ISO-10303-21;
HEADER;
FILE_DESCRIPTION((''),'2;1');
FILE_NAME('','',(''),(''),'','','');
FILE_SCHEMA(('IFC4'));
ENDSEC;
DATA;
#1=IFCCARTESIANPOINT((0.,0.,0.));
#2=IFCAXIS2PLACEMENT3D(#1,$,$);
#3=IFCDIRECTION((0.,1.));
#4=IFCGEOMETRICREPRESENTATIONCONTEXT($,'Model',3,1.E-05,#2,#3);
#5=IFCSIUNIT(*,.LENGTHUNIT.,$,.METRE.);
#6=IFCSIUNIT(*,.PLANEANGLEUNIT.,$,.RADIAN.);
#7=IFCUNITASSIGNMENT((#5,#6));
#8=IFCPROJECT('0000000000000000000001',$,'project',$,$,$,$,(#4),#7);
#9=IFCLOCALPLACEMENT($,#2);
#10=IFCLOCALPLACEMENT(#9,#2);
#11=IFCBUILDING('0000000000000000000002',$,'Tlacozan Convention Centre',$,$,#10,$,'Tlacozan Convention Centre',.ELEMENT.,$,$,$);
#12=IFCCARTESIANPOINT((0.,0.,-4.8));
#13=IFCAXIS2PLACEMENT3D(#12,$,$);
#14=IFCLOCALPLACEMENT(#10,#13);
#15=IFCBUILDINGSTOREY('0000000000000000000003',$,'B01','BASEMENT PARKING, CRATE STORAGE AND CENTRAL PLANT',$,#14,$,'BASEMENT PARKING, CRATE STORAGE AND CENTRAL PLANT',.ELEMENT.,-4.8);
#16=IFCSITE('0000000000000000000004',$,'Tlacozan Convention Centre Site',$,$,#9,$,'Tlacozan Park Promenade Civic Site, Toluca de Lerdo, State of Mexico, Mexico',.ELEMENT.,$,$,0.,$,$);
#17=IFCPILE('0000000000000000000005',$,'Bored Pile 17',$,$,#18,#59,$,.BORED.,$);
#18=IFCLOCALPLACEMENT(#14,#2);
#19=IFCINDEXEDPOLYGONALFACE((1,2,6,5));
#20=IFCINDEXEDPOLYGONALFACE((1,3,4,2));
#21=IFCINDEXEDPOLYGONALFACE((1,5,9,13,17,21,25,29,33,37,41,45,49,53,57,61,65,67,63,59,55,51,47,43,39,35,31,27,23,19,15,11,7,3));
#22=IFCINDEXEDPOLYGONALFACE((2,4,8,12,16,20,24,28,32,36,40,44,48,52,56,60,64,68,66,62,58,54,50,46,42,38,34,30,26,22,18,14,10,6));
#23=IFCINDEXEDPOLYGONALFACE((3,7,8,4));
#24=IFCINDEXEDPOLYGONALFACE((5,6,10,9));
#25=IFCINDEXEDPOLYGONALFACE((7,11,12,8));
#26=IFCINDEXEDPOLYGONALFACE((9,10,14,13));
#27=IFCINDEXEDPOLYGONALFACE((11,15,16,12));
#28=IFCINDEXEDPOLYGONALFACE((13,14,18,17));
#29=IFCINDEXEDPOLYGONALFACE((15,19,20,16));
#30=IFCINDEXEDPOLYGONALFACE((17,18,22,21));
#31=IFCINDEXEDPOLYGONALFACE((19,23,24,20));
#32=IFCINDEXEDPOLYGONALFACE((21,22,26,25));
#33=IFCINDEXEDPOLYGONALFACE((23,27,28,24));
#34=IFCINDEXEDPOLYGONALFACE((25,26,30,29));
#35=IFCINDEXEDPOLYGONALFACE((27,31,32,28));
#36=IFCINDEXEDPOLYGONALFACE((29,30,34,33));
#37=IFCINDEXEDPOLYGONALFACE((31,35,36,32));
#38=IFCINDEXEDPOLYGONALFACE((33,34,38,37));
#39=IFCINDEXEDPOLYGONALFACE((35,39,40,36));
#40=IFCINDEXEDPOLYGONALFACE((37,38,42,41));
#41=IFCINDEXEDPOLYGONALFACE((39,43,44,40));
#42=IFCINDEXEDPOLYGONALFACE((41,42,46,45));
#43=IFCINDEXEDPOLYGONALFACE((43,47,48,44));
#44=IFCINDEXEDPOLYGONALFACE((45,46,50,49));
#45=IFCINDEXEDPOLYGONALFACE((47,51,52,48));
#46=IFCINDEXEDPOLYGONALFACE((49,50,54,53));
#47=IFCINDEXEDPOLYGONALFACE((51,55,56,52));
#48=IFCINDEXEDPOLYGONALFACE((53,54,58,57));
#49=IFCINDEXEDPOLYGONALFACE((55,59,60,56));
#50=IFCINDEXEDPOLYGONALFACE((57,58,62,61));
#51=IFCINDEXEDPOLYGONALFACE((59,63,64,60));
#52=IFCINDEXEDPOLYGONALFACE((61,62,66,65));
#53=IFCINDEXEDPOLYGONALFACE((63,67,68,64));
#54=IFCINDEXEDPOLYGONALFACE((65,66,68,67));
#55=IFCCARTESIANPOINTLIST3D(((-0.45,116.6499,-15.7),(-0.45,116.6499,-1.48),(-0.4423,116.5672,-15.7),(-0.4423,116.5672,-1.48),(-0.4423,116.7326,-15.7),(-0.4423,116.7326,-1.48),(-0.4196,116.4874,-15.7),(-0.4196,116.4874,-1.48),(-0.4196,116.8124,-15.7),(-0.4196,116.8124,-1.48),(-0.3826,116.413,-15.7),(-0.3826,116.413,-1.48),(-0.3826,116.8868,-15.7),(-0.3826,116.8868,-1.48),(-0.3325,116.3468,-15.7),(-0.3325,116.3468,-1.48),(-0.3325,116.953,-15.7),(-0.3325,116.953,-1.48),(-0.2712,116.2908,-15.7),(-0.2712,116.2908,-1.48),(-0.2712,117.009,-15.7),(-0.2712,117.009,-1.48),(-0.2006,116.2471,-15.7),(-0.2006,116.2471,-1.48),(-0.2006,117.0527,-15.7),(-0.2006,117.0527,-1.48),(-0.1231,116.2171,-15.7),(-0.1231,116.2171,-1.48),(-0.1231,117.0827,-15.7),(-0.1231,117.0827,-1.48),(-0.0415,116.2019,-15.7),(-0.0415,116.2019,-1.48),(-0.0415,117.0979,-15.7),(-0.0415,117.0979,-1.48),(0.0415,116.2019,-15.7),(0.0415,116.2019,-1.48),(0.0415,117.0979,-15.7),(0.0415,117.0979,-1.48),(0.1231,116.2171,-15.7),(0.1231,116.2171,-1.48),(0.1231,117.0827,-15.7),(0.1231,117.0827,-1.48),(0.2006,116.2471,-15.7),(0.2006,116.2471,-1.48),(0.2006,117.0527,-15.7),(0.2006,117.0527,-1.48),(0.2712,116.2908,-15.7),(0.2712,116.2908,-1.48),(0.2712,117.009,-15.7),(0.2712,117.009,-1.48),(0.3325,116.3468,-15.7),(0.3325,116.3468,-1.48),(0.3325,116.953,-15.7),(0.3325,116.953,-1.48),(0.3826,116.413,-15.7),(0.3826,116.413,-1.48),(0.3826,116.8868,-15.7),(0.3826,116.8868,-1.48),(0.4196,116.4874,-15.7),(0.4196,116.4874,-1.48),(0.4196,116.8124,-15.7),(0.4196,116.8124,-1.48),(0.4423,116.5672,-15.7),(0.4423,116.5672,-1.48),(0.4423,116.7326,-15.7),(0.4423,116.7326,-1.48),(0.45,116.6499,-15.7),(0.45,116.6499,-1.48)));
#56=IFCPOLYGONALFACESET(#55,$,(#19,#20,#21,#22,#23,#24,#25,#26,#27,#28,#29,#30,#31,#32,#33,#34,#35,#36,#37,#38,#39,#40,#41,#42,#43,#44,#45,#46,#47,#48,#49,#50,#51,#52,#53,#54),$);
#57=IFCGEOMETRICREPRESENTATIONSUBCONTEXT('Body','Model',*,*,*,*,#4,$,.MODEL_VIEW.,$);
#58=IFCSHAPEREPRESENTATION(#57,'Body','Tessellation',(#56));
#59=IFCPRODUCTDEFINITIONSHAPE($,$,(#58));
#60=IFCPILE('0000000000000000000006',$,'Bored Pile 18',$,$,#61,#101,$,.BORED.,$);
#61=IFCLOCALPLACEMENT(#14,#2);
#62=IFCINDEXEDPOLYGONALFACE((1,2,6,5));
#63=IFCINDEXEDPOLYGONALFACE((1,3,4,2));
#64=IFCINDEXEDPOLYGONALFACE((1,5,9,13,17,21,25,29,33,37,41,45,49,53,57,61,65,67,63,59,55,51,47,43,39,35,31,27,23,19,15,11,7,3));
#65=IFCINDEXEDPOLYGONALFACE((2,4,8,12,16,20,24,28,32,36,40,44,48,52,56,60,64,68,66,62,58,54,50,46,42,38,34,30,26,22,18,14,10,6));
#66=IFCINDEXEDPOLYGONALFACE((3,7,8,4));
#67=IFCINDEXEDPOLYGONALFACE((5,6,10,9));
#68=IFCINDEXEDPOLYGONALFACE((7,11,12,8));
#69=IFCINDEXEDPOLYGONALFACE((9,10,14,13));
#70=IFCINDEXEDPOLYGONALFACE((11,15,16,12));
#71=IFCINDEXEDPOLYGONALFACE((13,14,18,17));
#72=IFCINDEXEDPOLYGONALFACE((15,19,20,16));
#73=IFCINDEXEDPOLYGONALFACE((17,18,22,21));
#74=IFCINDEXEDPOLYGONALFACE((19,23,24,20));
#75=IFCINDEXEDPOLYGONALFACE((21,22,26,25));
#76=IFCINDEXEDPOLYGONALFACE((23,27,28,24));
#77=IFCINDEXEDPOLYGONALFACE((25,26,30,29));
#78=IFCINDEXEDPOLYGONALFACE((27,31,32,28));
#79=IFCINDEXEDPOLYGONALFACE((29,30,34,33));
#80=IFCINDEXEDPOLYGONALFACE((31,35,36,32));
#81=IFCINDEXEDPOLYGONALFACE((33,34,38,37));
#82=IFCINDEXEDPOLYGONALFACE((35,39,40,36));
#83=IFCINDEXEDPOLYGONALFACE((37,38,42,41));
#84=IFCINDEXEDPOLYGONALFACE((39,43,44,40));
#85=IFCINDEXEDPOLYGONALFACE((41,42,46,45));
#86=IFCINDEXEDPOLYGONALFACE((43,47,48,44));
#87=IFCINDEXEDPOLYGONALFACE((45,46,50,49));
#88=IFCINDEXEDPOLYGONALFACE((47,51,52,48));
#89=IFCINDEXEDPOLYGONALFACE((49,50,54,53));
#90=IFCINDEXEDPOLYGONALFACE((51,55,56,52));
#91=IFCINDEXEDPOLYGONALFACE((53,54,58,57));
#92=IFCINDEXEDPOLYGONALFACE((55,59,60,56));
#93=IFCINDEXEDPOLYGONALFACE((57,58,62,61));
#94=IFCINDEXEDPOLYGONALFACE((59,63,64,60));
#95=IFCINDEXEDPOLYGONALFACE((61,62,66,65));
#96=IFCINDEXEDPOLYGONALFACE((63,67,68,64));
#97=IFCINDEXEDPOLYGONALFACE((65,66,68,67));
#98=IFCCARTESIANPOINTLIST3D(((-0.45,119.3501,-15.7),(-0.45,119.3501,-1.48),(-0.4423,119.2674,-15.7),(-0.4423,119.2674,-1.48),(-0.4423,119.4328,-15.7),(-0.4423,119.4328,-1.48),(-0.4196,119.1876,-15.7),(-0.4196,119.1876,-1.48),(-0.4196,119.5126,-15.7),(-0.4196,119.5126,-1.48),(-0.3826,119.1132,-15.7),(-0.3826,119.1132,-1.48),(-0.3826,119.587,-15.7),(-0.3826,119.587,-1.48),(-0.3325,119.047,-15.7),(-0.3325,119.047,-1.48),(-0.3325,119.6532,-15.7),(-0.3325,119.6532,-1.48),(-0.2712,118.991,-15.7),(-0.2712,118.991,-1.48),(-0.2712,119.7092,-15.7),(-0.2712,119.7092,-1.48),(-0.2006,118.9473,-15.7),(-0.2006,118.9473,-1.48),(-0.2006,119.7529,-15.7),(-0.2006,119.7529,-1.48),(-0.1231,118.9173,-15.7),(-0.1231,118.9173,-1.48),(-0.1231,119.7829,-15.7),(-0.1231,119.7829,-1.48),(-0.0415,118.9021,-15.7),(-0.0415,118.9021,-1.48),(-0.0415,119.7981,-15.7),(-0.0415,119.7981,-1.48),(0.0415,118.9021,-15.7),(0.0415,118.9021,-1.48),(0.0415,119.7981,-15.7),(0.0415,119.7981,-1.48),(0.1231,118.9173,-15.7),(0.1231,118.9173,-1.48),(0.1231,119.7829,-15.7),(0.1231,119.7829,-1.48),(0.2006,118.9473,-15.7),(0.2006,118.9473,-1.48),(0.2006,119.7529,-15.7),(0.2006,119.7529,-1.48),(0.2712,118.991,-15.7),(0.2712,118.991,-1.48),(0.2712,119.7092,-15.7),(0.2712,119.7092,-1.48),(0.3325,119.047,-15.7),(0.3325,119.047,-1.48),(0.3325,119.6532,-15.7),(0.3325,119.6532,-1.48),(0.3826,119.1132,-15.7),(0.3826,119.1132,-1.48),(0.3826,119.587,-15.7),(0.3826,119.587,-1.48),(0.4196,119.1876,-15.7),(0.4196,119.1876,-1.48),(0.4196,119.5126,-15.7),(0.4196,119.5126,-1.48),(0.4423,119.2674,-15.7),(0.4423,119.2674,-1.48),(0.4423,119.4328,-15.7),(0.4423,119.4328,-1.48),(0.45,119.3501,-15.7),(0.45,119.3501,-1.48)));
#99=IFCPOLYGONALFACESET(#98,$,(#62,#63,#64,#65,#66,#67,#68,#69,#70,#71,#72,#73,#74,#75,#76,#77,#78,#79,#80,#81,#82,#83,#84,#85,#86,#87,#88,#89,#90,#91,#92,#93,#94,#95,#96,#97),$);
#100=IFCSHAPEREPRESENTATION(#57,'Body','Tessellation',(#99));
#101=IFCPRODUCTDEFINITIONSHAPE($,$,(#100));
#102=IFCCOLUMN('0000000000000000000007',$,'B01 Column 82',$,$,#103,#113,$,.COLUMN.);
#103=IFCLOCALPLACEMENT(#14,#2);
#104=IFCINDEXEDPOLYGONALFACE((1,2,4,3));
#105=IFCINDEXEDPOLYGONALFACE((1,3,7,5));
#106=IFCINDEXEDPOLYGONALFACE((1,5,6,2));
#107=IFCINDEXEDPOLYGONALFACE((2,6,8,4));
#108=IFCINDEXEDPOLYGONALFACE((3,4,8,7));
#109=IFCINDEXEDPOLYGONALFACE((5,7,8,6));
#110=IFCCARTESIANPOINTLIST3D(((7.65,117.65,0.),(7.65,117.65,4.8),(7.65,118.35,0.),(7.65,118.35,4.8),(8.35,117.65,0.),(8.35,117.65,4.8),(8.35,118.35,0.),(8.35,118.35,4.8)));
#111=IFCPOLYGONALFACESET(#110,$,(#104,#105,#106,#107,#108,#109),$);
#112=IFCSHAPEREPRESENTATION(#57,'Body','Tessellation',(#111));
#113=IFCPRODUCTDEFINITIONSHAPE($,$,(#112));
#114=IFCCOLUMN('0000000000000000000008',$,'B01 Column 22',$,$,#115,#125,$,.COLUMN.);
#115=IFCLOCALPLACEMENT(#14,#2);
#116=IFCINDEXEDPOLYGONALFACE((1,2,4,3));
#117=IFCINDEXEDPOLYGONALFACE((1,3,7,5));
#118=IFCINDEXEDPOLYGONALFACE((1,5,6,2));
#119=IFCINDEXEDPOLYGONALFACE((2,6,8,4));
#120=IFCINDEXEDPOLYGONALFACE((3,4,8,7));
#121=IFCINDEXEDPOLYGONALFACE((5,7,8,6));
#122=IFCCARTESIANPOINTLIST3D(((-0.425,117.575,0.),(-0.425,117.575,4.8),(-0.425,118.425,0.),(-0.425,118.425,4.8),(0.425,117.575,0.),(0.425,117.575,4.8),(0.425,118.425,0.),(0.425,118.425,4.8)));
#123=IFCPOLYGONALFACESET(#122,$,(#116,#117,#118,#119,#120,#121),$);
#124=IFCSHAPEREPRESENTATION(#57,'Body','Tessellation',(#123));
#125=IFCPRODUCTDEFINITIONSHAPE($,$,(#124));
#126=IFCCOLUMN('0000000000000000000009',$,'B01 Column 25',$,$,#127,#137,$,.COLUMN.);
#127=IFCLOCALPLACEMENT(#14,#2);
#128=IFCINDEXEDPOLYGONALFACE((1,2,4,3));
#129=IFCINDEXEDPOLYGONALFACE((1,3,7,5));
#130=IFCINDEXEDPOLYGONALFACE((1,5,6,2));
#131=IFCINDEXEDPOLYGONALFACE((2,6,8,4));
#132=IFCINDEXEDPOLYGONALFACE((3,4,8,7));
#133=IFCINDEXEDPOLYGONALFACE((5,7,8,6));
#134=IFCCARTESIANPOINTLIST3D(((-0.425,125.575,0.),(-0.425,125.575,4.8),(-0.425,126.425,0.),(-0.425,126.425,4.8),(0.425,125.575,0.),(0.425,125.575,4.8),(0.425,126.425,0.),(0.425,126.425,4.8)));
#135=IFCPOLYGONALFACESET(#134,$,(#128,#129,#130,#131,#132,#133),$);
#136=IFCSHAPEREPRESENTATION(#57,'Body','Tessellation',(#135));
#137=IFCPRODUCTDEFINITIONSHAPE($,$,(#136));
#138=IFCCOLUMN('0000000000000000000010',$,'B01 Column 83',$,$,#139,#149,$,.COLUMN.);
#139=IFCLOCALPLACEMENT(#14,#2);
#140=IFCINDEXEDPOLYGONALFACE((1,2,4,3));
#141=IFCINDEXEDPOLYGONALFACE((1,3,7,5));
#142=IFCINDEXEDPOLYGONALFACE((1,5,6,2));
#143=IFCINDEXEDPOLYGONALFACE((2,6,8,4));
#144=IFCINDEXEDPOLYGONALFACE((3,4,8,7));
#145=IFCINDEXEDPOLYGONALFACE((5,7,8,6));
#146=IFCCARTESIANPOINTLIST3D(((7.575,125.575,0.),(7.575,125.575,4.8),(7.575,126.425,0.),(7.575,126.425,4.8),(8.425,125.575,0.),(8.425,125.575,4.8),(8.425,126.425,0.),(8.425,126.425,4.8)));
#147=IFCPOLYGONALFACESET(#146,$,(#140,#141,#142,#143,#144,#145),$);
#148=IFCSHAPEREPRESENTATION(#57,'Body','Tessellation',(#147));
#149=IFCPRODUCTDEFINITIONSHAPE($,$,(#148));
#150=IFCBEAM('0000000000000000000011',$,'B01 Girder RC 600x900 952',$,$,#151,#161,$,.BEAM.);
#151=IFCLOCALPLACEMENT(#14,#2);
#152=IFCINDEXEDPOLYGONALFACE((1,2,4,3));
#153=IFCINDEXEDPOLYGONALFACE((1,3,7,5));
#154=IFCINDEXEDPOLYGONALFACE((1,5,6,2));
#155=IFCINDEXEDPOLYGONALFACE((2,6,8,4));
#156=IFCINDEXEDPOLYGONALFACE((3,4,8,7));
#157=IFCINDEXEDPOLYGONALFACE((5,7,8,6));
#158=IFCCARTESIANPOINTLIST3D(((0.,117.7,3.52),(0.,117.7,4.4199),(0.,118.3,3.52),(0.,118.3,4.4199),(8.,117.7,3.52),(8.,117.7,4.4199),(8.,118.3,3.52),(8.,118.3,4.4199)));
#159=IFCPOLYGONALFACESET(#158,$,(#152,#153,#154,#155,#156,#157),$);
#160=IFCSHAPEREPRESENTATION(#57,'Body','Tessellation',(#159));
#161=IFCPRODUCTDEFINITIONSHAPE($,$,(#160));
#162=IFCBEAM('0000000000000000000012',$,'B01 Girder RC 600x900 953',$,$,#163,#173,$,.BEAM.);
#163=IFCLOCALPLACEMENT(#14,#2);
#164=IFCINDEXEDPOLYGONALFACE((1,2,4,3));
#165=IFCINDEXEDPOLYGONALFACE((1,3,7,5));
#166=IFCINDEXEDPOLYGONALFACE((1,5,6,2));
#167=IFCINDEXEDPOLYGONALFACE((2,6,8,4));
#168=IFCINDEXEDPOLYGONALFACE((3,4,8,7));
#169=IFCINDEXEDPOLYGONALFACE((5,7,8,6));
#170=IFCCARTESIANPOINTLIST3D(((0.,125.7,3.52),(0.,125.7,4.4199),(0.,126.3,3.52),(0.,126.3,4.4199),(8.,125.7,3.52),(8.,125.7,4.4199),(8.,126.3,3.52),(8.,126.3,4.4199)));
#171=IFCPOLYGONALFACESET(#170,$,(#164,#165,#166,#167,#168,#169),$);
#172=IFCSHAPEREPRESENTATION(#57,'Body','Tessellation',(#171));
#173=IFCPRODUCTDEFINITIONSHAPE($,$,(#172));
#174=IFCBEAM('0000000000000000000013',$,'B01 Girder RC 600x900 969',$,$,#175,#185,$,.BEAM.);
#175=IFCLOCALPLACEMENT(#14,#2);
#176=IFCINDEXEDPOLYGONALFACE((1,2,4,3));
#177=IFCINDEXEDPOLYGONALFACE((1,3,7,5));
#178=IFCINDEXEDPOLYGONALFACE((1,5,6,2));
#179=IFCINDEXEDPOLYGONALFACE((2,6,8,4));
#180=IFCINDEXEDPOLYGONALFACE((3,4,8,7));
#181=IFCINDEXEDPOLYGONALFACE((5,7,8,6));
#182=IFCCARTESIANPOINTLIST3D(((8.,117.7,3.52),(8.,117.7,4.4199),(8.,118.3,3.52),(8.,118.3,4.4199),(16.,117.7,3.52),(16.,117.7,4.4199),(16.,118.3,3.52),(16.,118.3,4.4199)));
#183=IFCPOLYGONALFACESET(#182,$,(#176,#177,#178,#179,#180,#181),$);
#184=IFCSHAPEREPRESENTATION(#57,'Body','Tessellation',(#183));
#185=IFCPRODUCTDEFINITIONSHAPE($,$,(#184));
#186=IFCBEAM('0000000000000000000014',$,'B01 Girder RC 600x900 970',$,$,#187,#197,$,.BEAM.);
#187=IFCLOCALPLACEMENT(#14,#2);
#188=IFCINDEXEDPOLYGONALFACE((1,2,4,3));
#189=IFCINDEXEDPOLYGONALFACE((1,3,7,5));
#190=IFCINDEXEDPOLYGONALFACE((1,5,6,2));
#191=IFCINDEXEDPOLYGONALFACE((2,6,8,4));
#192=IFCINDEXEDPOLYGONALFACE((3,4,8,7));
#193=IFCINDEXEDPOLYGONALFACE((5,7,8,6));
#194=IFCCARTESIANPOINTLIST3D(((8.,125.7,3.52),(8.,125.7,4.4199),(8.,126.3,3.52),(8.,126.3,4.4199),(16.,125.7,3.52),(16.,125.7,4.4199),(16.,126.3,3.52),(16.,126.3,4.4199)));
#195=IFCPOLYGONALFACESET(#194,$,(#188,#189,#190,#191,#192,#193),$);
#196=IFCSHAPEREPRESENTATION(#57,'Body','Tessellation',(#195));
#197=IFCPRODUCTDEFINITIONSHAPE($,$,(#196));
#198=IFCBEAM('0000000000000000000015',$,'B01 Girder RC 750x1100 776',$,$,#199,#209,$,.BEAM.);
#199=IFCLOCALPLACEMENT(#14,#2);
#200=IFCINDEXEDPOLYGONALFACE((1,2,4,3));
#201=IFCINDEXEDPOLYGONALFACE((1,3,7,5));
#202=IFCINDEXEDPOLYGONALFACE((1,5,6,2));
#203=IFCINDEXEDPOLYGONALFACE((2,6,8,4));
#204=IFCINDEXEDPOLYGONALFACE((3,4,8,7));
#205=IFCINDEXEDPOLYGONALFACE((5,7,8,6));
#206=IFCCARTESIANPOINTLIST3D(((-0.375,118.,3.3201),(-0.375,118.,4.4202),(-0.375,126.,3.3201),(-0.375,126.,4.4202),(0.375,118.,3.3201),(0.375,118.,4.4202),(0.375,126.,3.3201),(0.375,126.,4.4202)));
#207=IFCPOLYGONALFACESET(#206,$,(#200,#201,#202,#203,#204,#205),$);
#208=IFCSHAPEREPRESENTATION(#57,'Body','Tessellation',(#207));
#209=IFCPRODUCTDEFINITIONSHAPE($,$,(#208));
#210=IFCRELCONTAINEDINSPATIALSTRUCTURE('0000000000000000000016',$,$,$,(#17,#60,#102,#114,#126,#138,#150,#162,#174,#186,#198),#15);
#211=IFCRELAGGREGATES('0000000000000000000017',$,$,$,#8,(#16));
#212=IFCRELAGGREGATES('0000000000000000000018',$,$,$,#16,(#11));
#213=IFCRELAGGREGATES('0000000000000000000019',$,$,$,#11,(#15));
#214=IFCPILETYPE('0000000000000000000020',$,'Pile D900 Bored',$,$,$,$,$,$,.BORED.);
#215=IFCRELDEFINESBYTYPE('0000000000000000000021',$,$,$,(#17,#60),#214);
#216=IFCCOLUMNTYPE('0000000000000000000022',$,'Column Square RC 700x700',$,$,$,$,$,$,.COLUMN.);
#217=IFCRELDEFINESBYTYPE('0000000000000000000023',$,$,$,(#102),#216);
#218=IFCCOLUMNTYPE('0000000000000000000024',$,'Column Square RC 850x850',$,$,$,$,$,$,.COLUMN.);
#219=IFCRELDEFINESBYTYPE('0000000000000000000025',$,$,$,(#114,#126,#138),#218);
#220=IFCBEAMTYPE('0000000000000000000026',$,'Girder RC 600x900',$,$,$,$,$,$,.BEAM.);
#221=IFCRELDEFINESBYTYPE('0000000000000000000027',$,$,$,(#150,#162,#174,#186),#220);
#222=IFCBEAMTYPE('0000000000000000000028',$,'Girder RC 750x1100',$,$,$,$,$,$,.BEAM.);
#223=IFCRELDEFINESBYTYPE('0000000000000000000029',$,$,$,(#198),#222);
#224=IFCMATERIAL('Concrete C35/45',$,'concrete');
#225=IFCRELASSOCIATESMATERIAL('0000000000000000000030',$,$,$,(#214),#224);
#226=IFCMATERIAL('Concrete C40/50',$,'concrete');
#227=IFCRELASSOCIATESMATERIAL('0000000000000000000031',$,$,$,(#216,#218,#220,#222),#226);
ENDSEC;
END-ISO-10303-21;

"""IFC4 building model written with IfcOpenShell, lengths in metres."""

from ifc_helpers import new_model, si_unit, direction, frame, origin, origin_2d, place, context, subcontext, project, spatial, rectangle, circle, extrude, material, material_profile, profile_set, type_object, element, save


model = new_model("IFC4")

# Units and contexts
model_context = context("Model", 3, precision=1e-05, world=origin(), true_north=direction((0.0, 1.0)))
body_context = subcontext(model_context, "Body", "Model", "MODEL_VIEW")
ifc_project = project(units=[si_unit("LENGTHUNIT", "METRE"), si_unit("PLANEANGLEUNIT", "RADIAN")], contexts=[model_context])

# Site, building, storey
site_placement = place(None, origin())
site = spatial("IfcSite", under=ifc_project, at=site_placement, Name="Tlacozan Convention Centre Site", LongName="Tlacozan Park Promenade Civic Site, Toluca de Lerdo, State of Mexico, Mexico", CompositionType="ELEMENT", RefElevation=0.0)
building_placement = place(site_placement, origin())
building = spatial("IfcBuilding", under=site, at=building_placement, Name="Tlacozan Convention Centre", LongName="Tlacozan Convention Centre", CompositionType="ELEMENT")
storey_placement = place(building_placement, frame((0.0, 0.0, -4.8)))
storey = spatial("IfcBuildingStorey", under=building, at=storey_placement, Name="B01", Description="BASEMENT PARKING, CRATE STORAGE AND CENTRAL PLANT", LongName="BASEMENT PARKING, CRATE STORAGE AND CENTRAL PLANT", CompositionType="ELEMENT", Elevation=-4.8)

# Shared definitions
ifc_material_1 = material(Name="Concrete C35/45", Category="concrete")

# Piles
ifc_material_profile_1 = material_profile(ifc_material_1, circle(Radius=0.45, at=origin_2d()), Name="PILE D900")
ifc_profile_set_1 = profile_set([ifc_material_profile_1], Name="Concrete C35/45")
pile_type_1 = type_object("IfcPileType", Name="Pile D900 Bored", PredefinedType="BORED", material=ifc_profile_set_1)
for number, where, z_axis, x_axis, name in (
    (1, (0.0, 116.6499, -1.48), (0.0, 0.0, -1.0), (1.0, 0.0, 0.0), "Bored Pile 17"),
    (2, (0.0, 119.3501, -1.48), (0.0, 0.0, -1.0), (1.0, 0.0, 0.0), "Bored Pile 18"),
):
    element("IfcPile", number, at=place(storey_placement, frame(where, z_axis=z_axis, x_axis=x_axis)), inside=storey, type_object=pile_type_1, Name=name, PredefinedType="BORED", context=body_context, shape_type="SweptSolid", body=[
        extrude(circle(Radius=0.45, at=origin_2d()), origin(), (0.0, 0.0, 1.0), 14.22),
    ])

# Columns
ifc_material_2 = material(Name="Concrete C40/50", Category="concrete")
ifc_material_profile_2 = material_profile(ifc_material_2, rectangle(XDim=0.7, YDim=0.7, at=origin_2d()), Name="RC 700x700")
ifc_profile_set_2 = profile_set([ifc_material_profile_2], Name="Concrete C40/50")
column_type_1 = type_object("IfcColumnType", Name="Column Square RC 700x700", PredefinedType="COLUMN", material=ifc_profile_set_2)
column_placement = place(storey_placement, frame((8.0, 118.0, 0.0), z_axis=(0.0, 0.0, 1.0), x_axis=(1.0, 0.0, 0.0)))
element("IfcColumn", 3, at=column_placement, inside=storey, type_object=column_type_1, Name="B01 Column 82", PredefinedType="COLUMN", context=body_context, shape_type="SweptSolid", body=[
    extrude(rectangle(XDim=0.7, YDim=0.7, at=origin_2d()), origin(), (0.0, 0.0, 1.0), 4.8),
])
ifc_material_profile_3 = material_profile(ifc_material_2, rectangle(XDim=0.8501, YDim=0.8501, at=origin_2d()), Name="RC 850x850")
ifc_profile_set_3 = profile_set([ifc_material_profile_3], Name="Concrete C40/50")
column_type_2 = type_object("IfcColumnType", Name="Column Square RC 850x850", PredefinedType="COLUMN", material=ifc_profile_set_3)
for number, where, z_axis, x_axis, name in (
    (4, (0.0, 118.0, 0.0), (0.0, 0.0, 1.0), (1.0, 0.0, 0.0), "B01 Column 22"),
    (5, (0.0, 126.0, 0.0), (0.0, 0.0, 1.0), (1.0, 0.0, 0.0), "B01 Column 25"),
    (6, (8.0, 126.0, 0.0), (0.0, 0.0, 1.0), (1.0, 0.0, 0.0), "B01 Column 83"),
):
    element("IfcColumn", number, at=place(storey_placement, frame(where, z_axis=z_axis, x_axis=x_axis)), inside=storey, type_object=column_type_2, Name=name, PredefinedType="COLUMN", context=body_context, shape_type="SweptSolid", body=[
        extrude(rectangle(XDim=0.8501, YDim=0.8501, at=origin_2d()), origin(), (0.0, 0.0, 1.0), 4.8),
    ])

# Beams
ifc_material_profile_4 = material_profile(ifc_material_2, rectangle(XDim=0.6001, YDim=0.8999, at=origin_2d()), Name="RC 600x900")
ifc_profile_set_4 = profile_set([ifc_material_profile_4], Name="Concrete C40/50")
beam_type_1 = type_object("IfcBeamType", Name="Girder RC 600x900", PredefinedType="BEAM", material=ifc_profile_set_4)
for number, where, z_axis, x_axis, name in (
    (7, (0.0, 118.0, 3.97), (1.0, 0.0, 0.0), (0.0, 1.0, 0.0), "B01 Girder RC 600x900 952"),
    (8, (0.0, 126.0, 3.97), (1.0, 0.0, 0.0), (0.0, 1.0, 0.0), "B01 Girder RC 600x900 953"),
    (9, (8.0, 118.0, 3.97), (1.0, 0.0, 0.0), (0.0, 1.0, 0.0), "B01 Girder RC 600x900 969"),
    (10, (8.0, 126.0, 3.97), (1.0, 0.0, 0.0), (0.0, 1.0, 0.0), "B01 Girder RC 600x900 970"),
):
    element("IfcBeam", number, at=place(storey_placement, frame(where, z_axis=z_axis, x_axis=x_axis)), inside=storey, type_object=beam_type_1, Name=name, PredefinedType="BEAM", context=body_context, shape_type="SweptSolid", body=[
        extrude(rectangle(XDim=0.6001, YDim=0.8999, at=origin_2d()), origin(), (0.0, 0.0, 1.0), 8.0),
    ])
ifc_material_profile_5 = material_profile(ifc_material_2, rectangle(XDim=0.75, YDim=1.1001, at=origin_2d()), Name="RC 750x1100")
ifc_profile_set_5 = profile_set([ifc_material_profile_5], Name="Concrete C40/50")
beam_type_2 = type_object("IfcBeamType", Name="Girder RC 750x1100", PredefinedType="BEAM", material=ifc_profile_set_5)
for number, where, z_axis, x_axis, name in (
    (11, (0.0, 118.0, 3.8701), (0.0, 1.0, 0.0), (-1.0, 0.0, 0.0), "B01 Girder RC 750x1100 776"),
):
    element("IfcBeam", number, at=place(storey_placement, frame(where, z_axis=z_axis, x_axis=x_axis)), inside=storey, type_object=beam_type_2, Name=name, PredefinedType="BEAM", context=body_context, shape_type="SweptSolid", body=[
        extrude(rectangle(XDim=0.75, YDim=1.1001, at=origin_2d()), origin(), (0.0, 0.0, 1.0), 8.0),
    ])

save(model, "model.ifc")
